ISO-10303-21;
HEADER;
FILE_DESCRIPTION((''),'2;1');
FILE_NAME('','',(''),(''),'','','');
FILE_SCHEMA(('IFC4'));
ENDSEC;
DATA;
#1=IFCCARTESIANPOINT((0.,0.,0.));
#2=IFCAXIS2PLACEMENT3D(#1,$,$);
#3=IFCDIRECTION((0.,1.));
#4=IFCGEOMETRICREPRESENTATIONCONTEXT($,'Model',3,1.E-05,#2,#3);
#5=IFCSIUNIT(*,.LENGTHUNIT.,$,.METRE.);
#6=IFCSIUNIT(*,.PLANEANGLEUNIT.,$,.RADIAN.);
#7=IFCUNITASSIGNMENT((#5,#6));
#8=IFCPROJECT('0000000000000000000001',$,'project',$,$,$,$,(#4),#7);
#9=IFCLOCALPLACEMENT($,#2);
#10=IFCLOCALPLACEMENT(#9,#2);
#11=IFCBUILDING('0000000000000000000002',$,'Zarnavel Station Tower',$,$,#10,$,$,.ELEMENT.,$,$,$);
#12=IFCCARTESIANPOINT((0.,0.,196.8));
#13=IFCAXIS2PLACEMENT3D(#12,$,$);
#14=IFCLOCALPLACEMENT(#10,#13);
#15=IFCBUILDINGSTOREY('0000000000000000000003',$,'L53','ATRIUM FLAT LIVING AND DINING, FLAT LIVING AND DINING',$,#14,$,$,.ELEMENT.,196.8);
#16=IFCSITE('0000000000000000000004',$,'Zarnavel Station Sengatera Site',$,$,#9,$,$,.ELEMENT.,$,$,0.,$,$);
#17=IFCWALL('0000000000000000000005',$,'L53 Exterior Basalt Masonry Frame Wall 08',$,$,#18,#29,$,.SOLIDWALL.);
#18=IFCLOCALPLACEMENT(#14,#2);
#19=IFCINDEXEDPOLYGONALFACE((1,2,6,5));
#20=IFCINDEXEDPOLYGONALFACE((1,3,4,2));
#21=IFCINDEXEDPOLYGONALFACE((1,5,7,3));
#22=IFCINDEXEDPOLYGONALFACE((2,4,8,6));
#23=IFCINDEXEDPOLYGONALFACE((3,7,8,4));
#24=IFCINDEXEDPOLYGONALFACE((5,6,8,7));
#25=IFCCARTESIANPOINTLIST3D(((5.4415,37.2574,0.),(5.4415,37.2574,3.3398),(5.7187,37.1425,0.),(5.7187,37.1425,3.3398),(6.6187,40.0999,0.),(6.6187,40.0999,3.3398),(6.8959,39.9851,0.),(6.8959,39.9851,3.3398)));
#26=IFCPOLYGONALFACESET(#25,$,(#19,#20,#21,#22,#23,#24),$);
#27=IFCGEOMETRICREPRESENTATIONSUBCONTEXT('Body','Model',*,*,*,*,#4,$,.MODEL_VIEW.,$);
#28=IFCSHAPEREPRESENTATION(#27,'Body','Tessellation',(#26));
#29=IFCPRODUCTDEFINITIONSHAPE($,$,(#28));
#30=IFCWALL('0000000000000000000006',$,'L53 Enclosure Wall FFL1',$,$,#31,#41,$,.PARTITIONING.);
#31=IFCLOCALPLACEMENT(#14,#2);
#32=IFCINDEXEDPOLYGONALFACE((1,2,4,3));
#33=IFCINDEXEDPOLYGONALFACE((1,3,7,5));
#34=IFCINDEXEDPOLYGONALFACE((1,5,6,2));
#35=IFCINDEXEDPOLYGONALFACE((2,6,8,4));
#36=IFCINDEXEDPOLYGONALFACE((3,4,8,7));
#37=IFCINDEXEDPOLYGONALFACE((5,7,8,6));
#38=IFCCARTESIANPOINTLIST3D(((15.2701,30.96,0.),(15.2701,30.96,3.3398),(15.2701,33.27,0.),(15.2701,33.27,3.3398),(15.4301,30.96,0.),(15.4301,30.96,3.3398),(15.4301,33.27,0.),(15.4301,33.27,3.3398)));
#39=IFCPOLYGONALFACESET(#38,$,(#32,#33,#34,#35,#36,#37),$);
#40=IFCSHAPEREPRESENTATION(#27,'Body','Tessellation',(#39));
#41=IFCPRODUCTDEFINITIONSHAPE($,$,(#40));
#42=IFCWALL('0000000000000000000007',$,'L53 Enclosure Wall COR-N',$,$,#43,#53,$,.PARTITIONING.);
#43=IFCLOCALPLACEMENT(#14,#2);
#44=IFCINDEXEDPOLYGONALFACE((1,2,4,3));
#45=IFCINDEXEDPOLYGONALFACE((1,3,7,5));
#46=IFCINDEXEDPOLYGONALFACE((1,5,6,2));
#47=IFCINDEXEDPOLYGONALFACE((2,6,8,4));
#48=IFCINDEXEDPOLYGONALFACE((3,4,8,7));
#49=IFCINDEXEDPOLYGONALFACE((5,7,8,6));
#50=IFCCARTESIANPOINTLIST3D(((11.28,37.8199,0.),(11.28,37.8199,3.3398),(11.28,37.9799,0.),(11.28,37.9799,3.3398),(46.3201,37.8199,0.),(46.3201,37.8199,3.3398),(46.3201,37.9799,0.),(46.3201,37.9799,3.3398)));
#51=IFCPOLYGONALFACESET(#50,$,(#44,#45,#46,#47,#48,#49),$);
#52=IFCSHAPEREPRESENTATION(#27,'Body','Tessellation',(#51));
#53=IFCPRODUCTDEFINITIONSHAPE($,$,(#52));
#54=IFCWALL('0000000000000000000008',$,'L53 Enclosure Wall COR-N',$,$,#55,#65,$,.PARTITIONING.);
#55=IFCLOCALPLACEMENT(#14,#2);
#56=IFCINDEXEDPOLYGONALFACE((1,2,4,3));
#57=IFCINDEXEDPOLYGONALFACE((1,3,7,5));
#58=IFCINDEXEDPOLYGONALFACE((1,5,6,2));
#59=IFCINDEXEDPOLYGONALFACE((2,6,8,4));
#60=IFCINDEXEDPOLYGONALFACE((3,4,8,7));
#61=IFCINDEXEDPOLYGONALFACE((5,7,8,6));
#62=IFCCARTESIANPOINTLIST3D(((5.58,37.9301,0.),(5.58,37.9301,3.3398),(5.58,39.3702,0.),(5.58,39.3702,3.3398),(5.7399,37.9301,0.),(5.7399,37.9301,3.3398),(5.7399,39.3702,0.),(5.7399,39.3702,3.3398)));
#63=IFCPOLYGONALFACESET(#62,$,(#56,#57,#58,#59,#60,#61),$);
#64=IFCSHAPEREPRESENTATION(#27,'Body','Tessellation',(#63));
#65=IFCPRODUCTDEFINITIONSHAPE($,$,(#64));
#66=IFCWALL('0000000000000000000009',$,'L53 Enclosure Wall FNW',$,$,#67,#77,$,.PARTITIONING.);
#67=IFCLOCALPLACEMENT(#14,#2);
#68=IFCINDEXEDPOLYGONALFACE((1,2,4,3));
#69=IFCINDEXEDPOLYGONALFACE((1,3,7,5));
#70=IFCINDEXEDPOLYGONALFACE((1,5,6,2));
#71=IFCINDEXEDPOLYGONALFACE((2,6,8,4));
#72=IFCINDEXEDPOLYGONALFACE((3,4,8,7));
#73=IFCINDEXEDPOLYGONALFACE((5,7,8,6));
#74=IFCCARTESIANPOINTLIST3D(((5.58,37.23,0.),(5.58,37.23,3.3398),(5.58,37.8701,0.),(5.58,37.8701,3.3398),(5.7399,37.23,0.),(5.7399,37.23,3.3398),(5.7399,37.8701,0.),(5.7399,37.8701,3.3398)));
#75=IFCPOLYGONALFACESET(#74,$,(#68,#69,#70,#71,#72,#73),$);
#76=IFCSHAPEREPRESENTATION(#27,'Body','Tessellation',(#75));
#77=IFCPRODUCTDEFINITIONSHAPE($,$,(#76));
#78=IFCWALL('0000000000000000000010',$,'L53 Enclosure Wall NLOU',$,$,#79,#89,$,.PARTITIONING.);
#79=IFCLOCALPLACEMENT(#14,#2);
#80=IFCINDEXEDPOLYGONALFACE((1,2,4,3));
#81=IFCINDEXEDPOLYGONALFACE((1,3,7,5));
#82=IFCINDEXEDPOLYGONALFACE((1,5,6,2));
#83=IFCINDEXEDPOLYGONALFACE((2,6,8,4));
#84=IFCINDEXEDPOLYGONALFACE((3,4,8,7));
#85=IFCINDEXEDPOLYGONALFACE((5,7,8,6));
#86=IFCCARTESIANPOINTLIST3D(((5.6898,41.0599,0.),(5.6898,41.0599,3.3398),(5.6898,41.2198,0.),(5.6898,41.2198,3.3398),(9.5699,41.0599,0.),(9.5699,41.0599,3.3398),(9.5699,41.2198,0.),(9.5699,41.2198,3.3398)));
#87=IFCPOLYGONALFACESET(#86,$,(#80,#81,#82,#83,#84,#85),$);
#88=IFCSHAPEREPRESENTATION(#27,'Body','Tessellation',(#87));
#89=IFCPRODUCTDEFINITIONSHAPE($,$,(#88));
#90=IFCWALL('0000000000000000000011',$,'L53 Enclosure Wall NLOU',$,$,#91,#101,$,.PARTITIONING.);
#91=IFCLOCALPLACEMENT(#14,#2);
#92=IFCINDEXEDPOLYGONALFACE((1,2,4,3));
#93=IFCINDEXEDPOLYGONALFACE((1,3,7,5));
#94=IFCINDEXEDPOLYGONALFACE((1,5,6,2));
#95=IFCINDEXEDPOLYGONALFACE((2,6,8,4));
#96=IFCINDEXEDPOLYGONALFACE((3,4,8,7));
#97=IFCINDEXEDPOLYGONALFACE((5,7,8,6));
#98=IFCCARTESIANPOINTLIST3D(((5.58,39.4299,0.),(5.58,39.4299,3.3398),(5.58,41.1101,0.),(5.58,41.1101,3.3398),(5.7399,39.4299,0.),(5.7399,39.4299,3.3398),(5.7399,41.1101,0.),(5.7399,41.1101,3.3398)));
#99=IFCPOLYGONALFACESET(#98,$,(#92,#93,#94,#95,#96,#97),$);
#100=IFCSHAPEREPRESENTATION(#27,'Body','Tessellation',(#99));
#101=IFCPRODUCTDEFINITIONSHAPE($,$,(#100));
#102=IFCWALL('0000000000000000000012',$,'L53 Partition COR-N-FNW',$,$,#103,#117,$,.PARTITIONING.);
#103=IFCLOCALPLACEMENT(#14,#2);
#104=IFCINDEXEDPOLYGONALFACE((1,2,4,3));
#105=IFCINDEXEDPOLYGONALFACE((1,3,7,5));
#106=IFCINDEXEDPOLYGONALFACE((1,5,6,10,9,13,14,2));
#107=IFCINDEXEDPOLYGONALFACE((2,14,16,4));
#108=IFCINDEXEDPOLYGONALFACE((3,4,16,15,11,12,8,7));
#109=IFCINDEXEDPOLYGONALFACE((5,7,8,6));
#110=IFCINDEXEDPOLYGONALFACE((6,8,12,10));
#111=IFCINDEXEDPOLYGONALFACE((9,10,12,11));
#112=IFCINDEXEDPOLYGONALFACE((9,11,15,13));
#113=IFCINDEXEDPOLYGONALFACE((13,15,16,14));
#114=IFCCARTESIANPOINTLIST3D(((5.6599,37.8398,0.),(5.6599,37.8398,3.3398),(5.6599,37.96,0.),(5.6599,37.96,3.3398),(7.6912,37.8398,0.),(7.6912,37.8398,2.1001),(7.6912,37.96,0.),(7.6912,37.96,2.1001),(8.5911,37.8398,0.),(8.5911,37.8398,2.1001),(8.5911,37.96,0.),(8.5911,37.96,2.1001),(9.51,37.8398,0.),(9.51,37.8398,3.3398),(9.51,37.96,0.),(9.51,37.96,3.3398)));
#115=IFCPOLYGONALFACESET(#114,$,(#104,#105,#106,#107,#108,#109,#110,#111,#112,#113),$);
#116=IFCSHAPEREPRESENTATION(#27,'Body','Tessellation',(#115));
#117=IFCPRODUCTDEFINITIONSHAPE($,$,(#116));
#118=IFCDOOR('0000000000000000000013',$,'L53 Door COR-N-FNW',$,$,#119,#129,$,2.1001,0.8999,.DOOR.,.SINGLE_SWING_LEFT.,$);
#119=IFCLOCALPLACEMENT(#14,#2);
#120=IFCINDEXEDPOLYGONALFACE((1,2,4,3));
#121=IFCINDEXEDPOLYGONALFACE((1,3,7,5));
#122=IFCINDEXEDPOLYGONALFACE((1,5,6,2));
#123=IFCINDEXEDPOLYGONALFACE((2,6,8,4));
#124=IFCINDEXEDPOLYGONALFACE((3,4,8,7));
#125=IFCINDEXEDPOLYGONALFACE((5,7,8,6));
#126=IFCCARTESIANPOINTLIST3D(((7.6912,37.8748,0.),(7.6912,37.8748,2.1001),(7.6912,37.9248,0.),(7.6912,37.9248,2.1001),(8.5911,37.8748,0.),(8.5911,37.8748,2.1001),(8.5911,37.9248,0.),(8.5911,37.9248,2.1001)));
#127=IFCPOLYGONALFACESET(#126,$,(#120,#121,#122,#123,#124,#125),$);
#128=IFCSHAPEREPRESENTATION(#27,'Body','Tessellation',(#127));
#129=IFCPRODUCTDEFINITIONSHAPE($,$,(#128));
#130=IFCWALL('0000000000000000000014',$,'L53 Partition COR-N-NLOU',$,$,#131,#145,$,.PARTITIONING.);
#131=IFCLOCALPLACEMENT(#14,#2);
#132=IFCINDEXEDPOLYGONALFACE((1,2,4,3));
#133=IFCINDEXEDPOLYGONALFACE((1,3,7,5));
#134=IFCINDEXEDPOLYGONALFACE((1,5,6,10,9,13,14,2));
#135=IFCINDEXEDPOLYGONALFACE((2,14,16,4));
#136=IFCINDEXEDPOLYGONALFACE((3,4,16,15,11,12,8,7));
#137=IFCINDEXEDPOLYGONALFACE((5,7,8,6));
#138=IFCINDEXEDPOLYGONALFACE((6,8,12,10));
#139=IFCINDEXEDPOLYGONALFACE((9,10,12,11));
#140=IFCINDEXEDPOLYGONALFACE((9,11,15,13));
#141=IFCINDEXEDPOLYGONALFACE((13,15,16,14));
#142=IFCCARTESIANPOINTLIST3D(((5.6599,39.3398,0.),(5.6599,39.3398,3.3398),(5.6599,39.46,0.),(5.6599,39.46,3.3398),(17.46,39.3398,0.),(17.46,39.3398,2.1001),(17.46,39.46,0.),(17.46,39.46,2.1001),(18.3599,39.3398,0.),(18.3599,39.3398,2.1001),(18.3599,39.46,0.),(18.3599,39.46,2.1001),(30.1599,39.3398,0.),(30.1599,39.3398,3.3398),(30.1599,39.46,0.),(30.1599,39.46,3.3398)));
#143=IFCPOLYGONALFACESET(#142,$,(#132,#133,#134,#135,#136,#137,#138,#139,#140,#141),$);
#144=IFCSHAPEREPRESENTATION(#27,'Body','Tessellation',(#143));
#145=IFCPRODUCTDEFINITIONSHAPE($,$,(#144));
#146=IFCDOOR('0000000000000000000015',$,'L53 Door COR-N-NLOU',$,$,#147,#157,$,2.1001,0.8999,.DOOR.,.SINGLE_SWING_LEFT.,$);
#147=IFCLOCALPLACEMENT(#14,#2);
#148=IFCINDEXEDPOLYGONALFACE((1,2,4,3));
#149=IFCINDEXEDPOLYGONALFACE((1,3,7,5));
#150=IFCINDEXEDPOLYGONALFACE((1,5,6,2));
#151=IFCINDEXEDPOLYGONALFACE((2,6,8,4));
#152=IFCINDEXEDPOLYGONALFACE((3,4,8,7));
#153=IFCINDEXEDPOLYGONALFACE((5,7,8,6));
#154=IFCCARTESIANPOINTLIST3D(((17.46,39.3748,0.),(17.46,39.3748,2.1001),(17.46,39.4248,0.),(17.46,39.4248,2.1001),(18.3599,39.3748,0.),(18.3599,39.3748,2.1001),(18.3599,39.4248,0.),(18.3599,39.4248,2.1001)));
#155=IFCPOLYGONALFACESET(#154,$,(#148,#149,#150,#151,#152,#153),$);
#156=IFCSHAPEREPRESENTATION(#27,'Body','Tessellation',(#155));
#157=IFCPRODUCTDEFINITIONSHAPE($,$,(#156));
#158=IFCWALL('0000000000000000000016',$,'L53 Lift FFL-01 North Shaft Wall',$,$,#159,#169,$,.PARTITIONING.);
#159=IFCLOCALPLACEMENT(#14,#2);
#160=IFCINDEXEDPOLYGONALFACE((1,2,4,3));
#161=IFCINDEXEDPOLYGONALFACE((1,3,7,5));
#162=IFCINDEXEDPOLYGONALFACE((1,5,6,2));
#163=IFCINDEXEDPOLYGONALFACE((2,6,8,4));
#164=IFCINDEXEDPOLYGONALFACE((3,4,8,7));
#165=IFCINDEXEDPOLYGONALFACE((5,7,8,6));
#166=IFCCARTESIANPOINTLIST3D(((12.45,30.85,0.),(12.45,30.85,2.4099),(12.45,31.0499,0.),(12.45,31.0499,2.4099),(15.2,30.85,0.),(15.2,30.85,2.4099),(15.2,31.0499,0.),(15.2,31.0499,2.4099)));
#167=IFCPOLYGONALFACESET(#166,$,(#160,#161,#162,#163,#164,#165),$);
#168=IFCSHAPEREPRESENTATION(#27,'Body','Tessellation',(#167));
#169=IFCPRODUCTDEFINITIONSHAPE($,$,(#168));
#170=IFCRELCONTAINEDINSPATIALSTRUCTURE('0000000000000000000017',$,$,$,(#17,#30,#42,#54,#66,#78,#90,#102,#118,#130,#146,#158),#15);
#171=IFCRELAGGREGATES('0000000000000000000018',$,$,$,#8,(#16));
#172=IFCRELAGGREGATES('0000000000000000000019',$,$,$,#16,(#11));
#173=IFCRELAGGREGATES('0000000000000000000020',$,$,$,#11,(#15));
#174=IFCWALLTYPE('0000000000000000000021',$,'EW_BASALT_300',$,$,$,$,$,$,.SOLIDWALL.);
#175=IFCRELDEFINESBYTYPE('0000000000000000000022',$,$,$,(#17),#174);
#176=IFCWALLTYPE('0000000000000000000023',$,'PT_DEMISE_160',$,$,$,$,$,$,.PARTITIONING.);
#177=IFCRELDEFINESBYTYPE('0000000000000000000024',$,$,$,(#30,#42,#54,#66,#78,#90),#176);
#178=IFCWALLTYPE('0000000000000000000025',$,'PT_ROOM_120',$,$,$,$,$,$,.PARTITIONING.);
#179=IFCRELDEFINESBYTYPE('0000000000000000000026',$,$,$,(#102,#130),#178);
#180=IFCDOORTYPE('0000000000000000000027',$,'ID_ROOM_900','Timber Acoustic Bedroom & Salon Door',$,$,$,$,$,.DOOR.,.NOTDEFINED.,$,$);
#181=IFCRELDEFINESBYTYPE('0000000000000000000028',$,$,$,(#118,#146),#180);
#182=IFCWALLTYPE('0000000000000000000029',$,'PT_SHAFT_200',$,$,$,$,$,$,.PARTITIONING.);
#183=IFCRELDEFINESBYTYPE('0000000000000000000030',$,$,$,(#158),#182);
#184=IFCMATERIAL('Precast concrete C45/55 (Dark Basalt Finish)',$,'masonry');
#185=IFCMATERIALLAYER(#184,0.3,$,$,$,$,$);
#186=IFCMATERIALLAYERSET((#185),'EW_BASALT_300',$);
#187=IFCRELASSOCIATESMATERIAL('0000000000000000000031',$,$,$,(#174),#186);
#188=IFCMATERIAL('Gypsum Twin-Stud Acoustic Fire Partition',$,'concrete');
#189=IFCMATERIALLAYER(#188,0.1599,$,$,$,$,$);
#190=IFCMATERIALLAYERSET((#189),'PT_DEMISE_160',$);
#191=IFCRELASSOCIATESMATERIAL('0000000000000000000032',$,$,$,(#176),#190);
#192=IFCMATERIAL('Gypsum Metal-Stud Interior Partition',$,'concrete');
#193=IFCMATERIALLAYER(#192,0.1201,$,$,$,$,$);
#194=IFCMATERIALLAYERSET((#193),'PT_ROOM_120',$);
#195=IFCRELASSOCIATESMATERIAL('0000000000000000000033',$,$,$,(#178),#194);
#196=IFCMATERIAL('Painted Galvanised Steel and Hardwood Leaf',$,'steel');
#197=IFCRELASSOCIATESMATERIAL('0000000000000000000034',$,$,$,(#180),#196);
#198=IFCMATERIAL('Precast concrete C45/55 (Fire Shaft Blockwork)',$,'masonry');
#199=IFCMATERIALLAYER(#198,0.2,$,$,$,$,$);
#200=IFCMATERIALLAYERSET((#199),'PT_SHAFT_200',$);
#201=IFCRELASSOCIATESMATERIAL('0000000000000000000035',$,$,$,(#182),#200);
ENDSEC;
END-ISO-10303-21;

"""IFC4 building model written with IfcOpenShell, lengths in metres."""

from ifc_helpers import new_model, si_unit, direction, frame, frame_2d, origin, place, context, subcontext, project, spatial, rectangle, extrude, material, layer, layer_set, type_object, element, fill, save


model = new_model("IFC4")

# Units and contexts
model_context = context("Model", 3, precision=1e-05, world=origin(), true_north=direction((0.0, 1.0)))
body_context = subcontext(model_context, "Body", "Model", "MODEL_VIEW")
ifc_project = project(units=[si_unit("LENGTHUNIT", "METRE"), si_unit("PLANEANGLEUNIT", "RADIAN")], contexts=[model_context])

# Site, building, storey
site_placement = place(None, origin())
site = spatial("IfcSite", under=ifc_project, at=site_placement, Name="Zarnavel Station Sengatera Site", CompositionType="ELEMENT", RefElevation=0.0)
building_placement = place(site_placement, origin())
building = spatial("IfcBuilding", under=site, at=building_placement, Name="Zarnavel Station Tower", CompositionType="ELEMENT")
storey_placement = place(building_placement, frame((0.0, 0.0, 196.8)))
storey = spatial("IfcBuildingStorey", under=building, at=storey_placement, Name="L53", Description="ATRIUM FLAT LIVING AND DINING, FLAT LIVING AND DINING", CompositionType="ELEMENT", Elevation=196.8)

# Shared definitions
ifc_material_1 = material(Name="Precast concrete C45/55 (Dark Basalt Finish)", Category="masonry")
ifc_layer_1 = layer(ifc_material_1, 0.3)
ifc_layer_set_1 = layer_set([ifc_layer_1], Name="EW_BASALT_300")
wall_type_1 = type_object("IfcWallType", Name="EW_BASALT_300", PredefinedType="SOLIDWALL", material=ifc_layer_set_1)

# Walls
wall_1_placement = place(storey_placement, frame((5.5801, 37.2, 0.0), z_axis=(0.0, 0.0, 1.0), x_axis=(0.382637, 0.923899, 0.0)))
element("IfcWall", 1, at=wall_1_placement, inside=storey, type_object=wall_type_1, Name="L53 Exterior Basalt Masonry Frame Wall 08", PredefinedType="SOLIDWALL", context=body_context, shape_type="SweptSolid", body=[
    extrude(rectangle(XDim=3.0767, YDim=0.3, at=frame_2d((1.5383, 0.0))), origin(), (0.0, 0.0, 1.0), 3.3398),
])
ifc_material_2 = material(Name="Gypsum Twin-Stud Acoustic Fire Partition", Category="concrete")
ifc_layer_2 = layer(ifc_material_2, 0.1599)
ifc_layer_set_2 = layer_set([ifc_layer_2], Name="PT_DEMISE_160")
wall_type_2 = type_object("IfcWallType", Name="PT_DEMISE_160", PredefinedType="PARTITIONING", material=ifc_layer_set_2)
wall_2_placement = place(storey_placement, frame((15.3501, 30.96, 0.0), z_axis=(0.0, 0.0, 1.0), x_axis=(0.0, 1.0, 0.0)))
element("IfcWall", 2, at=wall_2_placement, inside=storey, type_object=wall_type_2, Name="L53 Enclosure Wall FFL1", PredefinedType="PARTITIONING", context=body_context, shape_type="SweptSolid", body=[
    extrude(rectangle(XDim=2.3101, YDim=0.1599, at=frame_2d((1.155, 0.0))), origin(), (0.0, 0.0, 1.0), 3.3398),
])
wall_3_placement = place(storey_placement, frame((11.28, 37.8999, 0.0), z_axis=(0.0, 0.0, 1.0), x_axis=(1.0, 0.0, 0.0)))
element("IfcWall", 3, at=wall_3_placement, inside=storey, type_object=wall_type_2, Name="L53 Enclosure Wall COR-N", PredefinedType="PARTITIONING", context=body_context, shape_type="SweptSolid", body=[
    extrude(rectangle(XDim=35.04, YDim=0.1599, at=frame_2d((17.52, 0.0))), origin(), (0.0, 0.0, 1.0), 3.3398),
])
wall_4_placement = place(storey_placement, frame((5.6599, 37.9299, 0.0), z_axis=(0.0, 0.0, 1.0), x_axis=(0.0, 1.0, 0.0)))
element("IfcWall", 4, at=wall_4_placement, inside=storey, type_object=wall_type_2, Name="L53 Enclosure Wall COR-N", PredefinedType="PARTITIONING", context=body_context, shape_type="SweptSolid", body=[
    extrude(rectangle(XDim=1.4402, YDim=0.1599, at=frame_2d((0.7202, 0.0))), origin(), (0.0, 0.0, 1.0), 3.3398),
])
wall_5_placement = place(storey_placement, frame((5.6599, 37.23, 0.0), z_axis=(0.0, 0.0, 1.0), x_axis=(0.0, 1.0, 0.0)))
element("IfcWall", 5, at=wall_5_placement, inside=storey, type_object=wall_type_2, Name="L53 Enclosure Wall FNW", PredefinedType="PARTITIONING", context=body_context, shape_type="SweptSolid", body=[
    extrude(rectangle(XDim=0.6401, YDim=0.1599, at=frame_2d((0.3201, 0.0))), origin(), (0.0, 0.0, 1.0), 3.3398),
])
wall_6_placement = place(storey_placement, frame((5.6899, 41.1399, 0.0), z_axis=(0.0, 0.0, 1.0), x_axis=(1.0, 0.0, 0.0)))
element("IfcWall", 6, at=wall_6_placement, inside=storey, type_object=wall_type_2, Name="L53 Enclosure Wall NLOU", PredefinedType="PARTITIONING", context=body_context, shape_type="SweptSolid", body=[
    extrude(rectangle(XDim=3.8801, YDim=0.1599, at=frame_2d((1.9399, 0.0))), origin(), (0.0, 0.0, 1.0), 3.3398),
])
wall_7_placement = place(storey_placement, frame((5.6599, 39.4299, 0.0), z_axis=(0.0, 0.0, 1.0), x_axis=(0.0, 1.0, 0.0)))
element("IfcWall", 7, at=wall_7_placement, inside=storey, type_object=wall_type_2, Name="L53 Enclosure Wall NLOU", PredefinedType="PARTITIONING", context=body_context, shape_type="SweptSolid", body=[
    extrude(rectangle(XDim=1.6802, YDim=0.1599, at=frame_2d((0.8401, 0.0))), origin(), (0.0, 0.0, 1.0), 3.3398),
])

# Walls, openings, doors
ifc_material_3 = material(Name="Gypsum Metal-Stud Interior Partition", Category="concrete")
ifc_layer_3 = layer(ifc_material_3, 0.1201)
ifc_layer_set_3 = layer_set([ifc_layer_3], Name="PT_ROOM_120")
wall_type_3 = type_object("IfcWallType", Name="PT_ROOM_120", PredefinedType="PARTITIONING", material=ifc_layer_set_3)
wall_8_placement = place(storey_placement, frame((5.6599, 37.8999, 0.0), z_axis=(0.0, 0.0, 1.0), x_axis=(1.0, 0.0, 0.0)))
wall_8 = element("IfcWall", 8, at=wall_8_placement, inside=storey, type_object=wall_type_3, Name="L53 Partition COR-N-FNW", PredefinedType="PARTITIONING", context=body_context, shape_type="SweptSolid", body=[
    extrude(rectangle(XDim=3.8501, YDim=0.1201, at=frame_2d((1.925, 0.0))), origin(), (0.0, 0.0, 1.0), 3.3398),
])
opening_1_placement = place(wall_8_placement, frame((2.0312, 0.0, 0.0)))
opening_1 = element("IfcOpeningElement", 9, at=opening_1_placement, cuts=wall_8, PredefinedType="OPENING", context=body_context, shape_type="SweptSolid", body=[
    extrude(rectangle(XDim=0.8999, YDim=2.1001, at=frame_2d((0.45, 1.05))), frame((0.0, 0.0701, 0.0), z_axis=(0.0, -1.0, 0.0), x_axis=(1.0, 0.0, 0.0)), (0.0, 0.0, 1.0), 0.1401),
])
ifc_material_4 = material(Name="Painted Galvanised Steel and Hardwood Leaf", Category="steel")
door_type_1 = type_object("IfcDoorType", Name="ID_ROOM_900", Description="Timber Acoustic Bedroom & Salon Door", OperationType="NOTDEFINED", PredefinedType="DOOR", material=ifc_material_4)
door_1_placement = place(opening_1_placement, origin())
door_1 = element("IfcDoor", 10, at=door_1_placement, inside=storey, type_object=door_type_1, Name="L53 Door COR-N-FNW", OperationType="SINGLE_SWING_LEFT", OverallHeight=2.1001, OverallWidth=0.8999, PredefinedType="DOOR", context=body_context, shape_type="SweptSolid", body=[
    extrude(rectangle(XDim=0.8999, YDim=2.1001, at=frame_2d((0.45, 1.05))), frame((0.0, 0.0249, 0.0), z_axis=(0.0, -1.0, 0.0), x_axis=(1.0, 0.0, 0.0)), (0.0, 0.0, 1.0), 0.05),
])
fill(opening_1, door_1)
wall_9_placement = place(storey_placement, frame((5.6599, 39.3999, 0.0), z_axis=(0.0, 0.0, 1.0), x_axis=(1.0, 0.0, 0.0)))
wall_9 = element("IfcWall", 11, at=wall_9_placement, inside=storey, type_object=wall_type_3, Name="L53 Partition COR-N-NLOU", PredefinedType="PARTITIONING", context=body_context, shape_type="SweptSolid", body=[
    extrude(rectangle(XDim=24.5, YDim=0.1201, at=frame_2d((12.25, 0.0))), origin(), (0.0, 0.0, 1.0), 3.3398),
])
opening_2_placement = place(wall_9_placement, frame((11.8, 0.0, 0.0)))
opening_2 = element("IfcOpeningElement", 12, at=opening_2_placement, cuts=wall_9, PredefinedType="OPENING", context=body_context, shape_type="SweptSolid", body=[
    extrude(rectangle(XDim=0.8999, YDim=2.1001, at=frame_2d((0.45, 1.05))), frame((0.0, 0.0701, 0.0), z_axis=(0.0, -1.0, 0.0), x_axis=(1.0, 0.0, 0.0)), (0.0, 0.0, 1.0), 0.1401),
])
door_2_placement = place(opening_2_placement, origin())
door_2 = element("IfcDoor", 13, at=door_2_placement, inside=storey, type_object=door_type_1, Name="L53 Door COR-N-NLOU", OperationType="SINGLE_SWING_LEFT", OverallHeight=2.1001, OverallWidth=0.8999, PredefinedType="DOOR", context=body_context, shape_type="SweptSolid", body=[
    extrude(rectangle(XDim=0.8999, YDim=2.1001, at=frame_2d((0.45, 1.05))), frame((0.0, 0.0249, 0.0), z_axis=(0.0, -1.0, 0.0), x_axis=(1.0, 0.0, 0.0)), (0.0, 0.0, 1.0), 0.05),
])
fill(opening_2, door_2)
ifc_material_5 = material(Name="Precast concrete C45/55 (Fire Shaft Blockwork)", Category="masonry")
ifc_layer_4 = layer(ifc_material_5, 0.2)
ifc_layer_set_4 = layer_set([ifc_layer_4], Name="PT_SHAFT_200")
wall_type_4 = type_object("IfcWallType", Name="PT_SHAFT_200", PredefinedType="PARTITIONING", material=ifc_layer_set_4)

# Wall
wall_10_placement = place(storey_placement, frame((12.45, 30.95, 0.0), z_axis=(0.0, 0.0, 1.0), x_axis=(1.0, 0.0, 0.0)))
element("IfcWall", 14, at=wall_10_placement, inside=storey, type_object=wall_type_4, Name="L53 Lift FFL-01 North Shaft Wall", PredefinedType="PARTITIONING", context=body_context, shape_type="SweptSolid", body=[
    extrude(rectangle(XDim=2.75, YDim=0.2, at=frame_2d((1.375, 0.0))), origin(), (0.0, 0.0, 1.0), 2.4099),
])

save(model, "model.ifc")
